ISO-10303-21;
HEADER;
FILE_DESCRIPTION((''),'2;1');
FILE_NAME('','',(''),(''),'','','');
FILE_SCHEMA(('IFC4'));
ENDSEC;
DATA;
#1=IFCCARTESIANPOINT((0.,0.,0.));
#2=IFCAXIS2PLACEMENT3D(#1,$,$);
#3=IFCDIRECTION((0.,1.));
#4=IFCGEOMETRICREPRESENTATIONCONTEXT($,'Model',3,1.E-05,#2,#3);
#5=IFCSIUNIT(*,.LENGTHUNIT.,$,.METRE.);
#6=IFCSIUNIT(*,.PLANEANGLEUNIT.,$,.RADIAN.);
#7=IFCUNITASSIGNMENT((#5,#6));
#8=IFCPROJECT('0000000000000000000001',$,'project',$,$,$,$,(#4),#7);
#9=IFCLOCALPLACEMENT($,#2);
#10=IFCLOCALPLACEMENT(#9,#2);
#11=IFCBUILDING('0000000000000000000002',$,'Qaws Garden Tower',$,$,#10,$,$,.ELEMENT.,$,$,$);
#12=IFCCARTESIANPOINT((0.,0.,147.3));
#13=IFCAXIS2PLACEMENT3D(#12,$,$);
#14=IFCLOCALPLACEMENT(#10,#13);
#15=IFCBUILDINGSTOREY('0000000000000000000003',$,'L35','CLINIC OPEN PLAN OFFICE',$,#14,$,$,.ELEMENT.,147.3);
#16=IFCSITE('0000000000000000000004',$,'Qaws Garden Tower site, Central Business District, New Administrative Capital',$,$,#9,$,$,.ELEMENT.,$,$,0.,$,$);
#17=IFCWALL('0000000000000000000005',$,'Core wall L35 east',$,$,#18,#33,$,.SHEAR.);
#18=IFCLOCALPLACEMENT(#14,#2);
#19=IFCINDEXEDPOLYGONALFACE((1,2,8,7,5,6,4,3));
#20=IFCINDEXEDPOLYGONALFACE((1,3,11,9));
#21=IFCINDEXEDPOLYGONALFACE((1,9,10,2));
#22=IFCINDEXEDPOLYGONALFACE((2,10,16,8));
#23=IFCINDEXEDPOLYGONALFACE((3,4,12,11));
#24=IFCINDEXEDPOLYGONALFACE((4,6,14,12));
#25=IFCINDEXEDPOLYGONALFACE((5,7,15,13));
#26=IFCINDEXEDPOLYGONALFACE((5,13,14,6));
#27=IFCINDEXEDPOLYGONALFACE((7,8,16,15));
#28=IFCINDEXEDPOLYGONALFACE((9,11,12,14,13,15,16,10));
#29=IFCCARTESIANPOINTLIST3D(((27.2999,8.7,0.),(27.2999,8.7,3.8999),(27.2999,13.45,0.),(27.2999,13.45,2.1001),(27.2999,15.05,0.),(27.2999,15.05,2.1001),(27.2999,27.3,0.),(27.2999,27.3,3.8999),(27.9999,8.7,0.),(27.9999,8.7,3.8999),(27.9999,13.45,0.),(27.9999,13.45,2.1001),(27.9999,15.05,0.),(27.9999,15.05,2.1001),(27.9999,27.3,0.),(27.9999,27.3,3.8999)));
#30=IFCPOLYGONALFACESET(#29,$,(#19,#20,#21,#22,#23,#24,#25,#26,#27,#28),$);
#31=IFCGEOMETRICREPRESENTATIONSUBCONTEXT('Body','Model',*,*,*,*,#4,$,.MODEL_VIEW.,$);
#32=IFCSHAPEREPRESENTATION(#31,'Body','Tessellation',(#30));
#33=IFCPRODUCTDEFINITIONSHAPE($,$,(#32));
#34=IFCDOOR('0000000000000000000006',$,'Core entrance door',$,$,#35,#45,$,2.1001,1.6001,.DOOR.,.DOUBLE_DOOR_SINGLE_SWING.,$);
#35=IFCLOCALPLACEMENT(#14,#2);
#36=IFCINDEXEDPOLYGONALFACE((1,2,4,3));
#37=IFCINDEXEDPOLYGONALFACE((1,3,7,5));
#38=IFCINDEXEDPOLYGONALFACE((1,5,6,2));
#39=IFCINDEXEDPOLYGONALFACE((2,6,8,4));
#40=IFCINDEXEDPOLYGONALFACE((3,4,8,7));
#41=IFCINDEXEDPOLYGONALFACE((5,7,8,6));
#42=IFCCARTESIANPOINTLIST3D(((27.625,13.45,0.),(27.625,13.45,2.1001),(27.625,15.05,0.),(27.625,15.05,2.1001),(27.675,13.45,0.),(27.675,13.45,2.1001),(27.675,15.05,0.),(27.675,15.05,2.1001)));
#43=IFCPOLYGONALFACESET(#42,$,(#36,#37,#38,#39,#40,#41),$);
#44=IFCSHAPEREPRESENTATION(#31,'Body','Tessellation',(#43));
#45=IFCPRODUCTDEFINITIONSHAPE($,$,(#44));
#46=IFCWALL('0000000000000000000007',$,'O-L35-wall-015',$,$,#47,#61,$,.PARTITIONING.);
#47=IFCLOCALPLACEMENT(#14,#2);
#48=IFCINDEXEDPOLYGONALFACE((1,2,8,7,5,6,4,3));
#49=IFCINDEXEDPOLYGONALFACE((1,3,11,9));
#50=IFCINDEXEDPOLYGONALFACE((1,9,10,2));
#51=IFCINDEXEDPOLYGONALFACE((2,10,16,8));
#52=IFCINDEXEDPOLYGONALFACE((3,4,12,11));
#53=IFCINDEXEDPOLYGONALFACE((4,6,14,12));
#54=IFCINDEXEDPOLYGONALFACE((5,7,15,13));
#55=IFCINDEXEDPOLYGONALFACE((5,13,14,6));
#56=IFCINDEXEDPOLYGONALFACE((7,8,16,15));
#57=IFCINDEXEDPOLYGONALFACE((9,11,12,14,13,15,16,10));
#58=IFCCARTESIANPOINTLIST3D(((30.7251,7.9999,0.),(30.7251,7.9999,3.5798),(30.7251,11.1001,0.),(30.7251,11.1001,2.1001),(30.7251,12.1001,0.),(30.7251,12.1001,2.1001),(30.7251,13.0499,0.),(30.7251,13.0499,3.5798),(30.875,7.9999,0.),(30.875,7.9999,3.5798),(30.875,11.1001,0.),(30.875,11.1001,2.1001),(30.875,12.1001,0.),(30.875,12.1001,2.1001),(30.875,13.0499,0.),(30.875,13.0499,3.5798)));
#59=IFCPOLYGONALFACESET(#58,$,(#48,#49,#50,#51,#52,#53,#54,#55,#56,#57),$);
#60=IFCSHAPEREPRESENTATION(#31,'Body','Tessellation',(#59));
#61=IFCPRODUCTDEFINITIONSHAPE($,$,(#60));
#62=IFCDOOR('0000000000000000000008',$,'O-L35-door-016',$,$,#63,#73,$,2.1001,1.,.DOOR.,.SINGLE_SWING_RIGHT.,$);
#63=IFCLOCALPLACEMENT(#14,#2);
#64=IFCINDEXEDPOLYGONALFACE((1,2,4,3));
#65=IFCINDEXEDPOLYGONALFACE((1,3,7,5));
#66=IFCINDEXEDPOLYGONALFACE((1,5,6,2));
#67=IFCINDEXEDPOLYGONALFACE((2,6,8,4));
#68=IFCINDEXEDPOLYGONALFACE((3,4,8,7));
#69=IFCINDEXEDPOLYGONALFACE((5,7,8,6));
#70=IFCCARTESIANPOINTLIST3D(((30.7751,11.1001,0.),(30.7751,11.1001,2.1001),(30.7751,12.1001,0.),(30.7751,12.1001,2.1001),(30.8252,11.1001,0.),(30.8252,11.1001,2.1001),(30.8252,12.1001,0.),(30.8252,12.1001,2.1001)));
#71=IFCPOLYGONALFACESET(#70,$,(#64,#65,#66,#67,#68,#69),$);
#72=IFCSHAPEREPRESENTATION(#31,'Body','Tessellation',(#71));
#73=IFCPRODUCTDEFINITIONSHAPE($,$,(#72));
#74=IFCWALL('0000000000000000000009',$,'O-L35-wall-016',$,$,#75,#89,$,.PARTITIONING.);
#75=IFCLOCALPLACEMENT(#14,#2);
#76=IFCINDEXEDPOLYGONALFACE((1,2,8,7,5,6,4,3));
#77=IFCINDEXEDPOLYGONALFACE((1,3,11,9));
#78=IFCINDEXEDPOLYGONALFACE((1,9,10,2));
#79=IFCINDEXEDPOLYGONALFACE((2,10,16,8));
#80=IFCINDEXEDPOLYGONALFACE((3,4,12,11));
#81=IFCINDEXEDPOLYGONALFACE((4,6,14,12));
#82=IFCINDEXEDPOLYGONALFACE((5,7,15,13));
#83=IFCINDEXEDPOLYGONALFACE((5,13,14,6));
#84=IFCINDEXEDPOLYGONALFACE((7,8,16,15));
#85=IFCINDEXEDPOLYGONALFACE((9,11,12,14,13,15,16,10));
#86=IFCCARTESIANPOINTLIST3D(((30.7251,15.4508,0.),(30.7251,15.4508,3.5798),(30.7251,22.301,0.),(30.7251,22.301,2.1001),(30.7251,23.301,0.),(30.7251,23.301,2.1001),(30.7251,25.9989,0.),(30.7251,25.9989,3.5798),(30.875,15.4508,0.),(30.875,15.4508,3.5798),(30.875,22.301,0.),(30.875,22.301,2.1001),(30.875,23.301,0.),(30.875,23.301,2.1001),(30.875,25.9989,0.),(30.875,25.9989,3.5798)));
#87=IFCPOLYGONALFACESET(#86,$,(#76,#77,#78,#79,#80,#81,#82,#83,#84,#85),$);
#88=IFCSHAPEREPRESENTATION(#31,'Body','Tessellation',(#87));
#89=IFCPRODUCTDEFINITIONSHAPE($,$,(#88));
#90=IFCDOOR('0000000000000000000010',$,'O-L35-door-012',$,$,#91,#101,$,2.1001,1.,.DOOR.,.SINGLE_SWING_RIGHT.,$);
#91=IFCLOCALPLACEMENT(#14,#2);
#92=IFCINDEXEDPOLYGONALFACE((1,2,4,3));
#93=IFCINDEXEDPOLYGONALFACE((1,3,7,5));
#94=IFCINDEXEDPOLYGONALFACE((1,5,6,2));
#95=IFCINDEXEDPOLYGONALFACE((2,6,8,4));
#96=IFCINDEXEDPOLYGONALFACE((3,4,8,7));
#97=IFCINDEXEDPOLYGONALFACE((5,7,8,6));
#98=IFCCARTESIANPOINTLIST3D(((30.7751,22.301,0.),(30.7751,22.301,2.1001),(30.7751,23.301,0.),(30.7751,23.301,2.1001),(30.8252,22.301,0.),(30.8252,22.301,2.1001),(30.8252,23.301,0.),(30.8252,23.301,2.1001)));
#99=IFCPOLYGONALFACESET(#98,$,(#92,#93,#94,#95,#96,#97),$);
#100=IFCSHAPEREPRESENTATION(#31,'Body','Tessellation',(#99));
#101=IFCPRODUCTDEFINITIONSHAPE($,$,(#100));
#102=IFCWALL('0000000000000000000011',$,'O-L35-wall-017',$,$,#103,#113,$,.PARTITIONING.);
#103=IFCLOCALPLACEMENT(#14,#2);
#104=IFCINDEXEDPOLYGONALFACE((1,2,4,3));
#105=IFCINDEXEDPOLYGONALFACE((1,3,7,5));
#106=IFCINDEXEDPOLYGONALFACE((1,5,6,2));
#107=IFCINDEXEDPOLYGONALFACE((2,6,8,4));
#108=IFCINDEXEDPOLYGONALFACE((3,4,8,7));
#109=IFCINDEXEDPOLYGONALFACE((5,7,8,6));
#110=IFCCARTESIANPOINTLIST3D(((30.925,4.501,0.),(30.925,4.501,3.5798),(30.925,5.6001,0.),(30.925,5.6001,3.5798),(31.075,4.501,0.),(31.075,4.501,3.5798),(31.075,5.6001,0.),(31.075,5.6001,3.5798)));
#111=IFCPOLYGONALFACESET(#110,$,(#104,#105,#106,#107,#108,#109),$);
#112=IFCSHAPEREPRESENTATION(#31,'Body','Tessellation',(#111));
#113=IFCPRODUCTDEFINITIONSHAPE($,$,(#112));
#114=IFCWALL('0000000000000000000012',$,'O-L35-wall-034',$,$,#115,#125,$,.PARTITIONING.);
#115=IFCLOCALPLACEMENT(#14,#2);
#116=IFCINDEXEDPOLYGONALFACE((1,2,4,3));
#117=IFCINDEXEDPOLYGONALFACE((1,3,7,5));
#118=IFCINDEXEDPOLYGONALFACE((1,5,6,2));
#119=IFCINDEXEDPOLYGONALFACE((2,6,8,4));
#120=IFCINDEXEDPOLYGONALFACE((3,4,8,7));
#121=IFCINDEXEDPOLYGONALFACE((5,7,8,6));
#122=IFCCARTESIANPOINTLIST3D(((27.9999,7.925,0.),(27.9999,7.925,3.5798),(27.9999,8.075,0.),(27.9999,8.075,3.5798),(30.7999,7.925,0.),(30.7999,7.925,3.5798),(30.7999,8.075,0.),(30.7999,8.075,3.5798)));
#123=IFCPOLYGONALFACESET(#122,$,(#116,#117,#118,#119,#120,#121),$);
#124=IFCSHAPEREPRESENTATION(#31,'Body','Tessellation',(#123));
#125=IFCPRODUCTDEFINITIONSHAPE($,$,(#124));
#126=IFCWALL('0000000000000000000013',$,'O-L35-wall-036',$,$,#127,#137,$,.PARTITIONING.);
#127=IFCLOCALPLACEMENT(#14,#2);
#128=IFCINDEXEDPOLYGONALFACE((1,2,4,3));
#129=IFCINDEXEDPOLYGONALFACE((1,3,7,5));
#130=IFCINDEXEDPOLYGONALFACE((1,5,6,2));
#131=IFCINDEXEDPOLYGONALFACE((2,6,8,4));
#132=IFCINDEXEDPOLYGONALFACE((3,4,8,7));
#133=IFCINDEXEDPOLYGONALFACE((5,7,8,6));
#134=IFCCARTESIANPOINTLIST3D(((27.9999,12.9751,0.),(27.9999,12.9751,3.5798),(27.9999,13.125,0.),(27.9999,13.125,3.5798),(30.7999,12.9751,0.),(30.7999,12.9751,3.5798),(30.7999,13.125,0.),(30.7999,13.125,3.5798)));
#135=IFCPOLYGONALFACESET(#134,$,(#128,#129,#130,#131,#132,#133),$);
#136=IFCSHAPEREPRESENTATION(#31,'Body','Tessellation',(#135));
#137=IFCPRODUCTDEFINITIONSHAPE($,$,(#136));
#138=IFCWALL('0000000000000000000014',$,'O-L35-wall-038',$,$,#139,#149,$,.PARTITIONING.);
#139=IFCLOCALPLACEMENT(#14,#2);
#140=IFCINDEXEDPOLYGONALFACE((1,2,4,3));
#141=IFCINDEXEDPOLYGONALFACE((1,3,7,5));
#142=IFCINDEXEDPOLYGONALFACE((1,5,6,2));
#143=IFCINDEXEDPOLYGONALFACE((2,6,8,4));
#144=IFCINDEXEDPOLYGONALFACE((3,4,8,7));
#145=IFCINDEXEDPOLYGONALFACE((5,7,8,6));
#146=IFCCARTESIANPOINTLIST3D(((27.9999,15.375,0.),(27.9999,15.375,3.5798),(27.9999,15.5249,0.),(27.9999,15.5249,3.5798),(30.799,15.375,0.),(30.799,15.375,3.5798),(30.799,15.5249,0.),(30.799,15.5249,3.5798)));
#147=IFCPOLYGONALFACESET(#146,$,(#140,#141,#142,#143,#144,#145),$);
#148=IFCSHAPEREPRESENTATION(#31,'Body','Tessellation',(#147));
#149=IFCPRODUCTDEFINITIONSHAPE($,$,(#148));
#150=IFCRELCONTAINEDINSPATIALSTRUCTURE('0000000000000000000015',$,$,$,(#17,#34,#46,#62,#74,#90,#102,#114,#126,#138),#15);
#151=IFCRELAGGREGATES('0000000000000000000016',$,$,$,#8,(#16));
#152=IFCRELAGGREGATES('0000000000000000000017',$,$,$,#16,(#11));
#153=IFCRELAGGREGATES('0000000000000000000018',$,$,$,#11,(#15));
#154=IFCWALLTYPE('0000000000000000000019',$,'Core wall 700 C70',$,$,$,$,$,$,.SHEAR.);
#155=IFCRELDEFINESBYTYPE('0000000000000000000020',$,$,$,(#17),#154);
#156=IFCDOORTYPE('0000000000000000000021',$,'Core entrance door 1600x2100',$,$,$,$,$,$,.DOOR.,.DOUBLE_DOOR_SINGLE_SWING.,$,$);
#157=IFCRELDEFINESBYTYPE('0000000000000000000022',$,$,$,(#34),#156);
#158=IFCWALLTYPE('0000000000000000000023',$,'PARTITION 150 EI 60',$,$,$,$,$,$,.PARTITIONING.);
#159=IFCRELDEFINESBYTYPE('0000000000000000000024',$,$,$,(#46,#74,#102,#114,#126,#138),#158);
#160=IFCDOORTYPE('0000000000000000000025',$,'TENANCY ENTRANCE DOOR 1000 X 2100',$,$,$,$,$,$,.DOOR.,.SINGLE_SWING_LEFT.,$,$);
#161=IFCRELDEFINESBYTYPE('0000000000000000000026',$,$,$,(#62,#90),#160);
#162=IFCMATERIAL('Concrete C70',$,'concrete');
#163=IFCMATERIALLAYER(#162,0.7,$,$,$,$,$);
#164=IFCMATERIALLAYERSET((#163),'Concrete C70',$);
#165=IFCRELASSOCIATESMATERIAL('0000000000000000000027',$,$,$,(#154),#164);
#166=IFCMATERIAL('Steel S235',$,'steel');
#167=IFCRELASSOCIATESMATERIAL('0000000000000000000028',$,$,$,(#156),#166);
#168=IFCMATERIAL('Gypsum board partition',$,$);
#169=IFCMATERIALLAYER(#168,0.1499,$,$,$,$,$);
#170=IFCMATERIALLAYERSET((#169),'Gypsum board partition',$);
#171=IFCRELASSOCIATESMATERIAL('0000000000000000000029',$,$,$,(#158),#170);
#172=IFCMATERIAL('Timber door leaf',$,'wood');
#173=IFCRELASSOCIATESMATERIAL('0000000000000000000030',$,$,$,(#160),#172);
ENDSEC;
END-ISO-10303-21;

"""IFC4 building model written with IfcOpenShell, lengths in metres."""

from ifc_helpers import new_model, si_unit, direction, frame, frame_2d, origin, place, context, subcontext, project, spatial, rectangle, extrude, material, layer, layer_set, type_object, element, fill, save


model = new_model("IFC4")

# Units and contexts
model_context = context("Model", 3, precision=1e-05, world=origin(), true_north=direction((0.0, 1.0)))
body_context = subcontext(model_context, "Body", "Model", "MODEL_VIEW")
ifc_project = project(units=[si_unit("LENGTHUNIT", "METRE"), si_unit("PLANEANGLEUNIT", "RADIAN")], contexts=[model_context])

# Site, building, storey
site_placement = place(None, origin())
site = spatial("IfcSite", under=ifc_project, at=site_placement, Name="Qaws Garden Tower site, Central Business District, New Administrative Capital", CompositionType="ELEMENT", RefElevation=0.0)
building_placement = place(site_placement, origin())
building = spatial("IfcBuilding", under=site, at=building_placement, Name="Qaws Garden Tower", CompositionType="ELEMENT")
storey_placement = place(building_placement, frame((0.0, 0.0, 147.3)))
storey = spatial("IfcBuildingStorey", under=building, at=storey_placement, Name="L35", Description="CLINIC OPEN PLAN OFFICE", CompositionType="ELEMENT", Elevation=147.3)

# Walls, openings, doors
ifc_material_1 = material(Name="Concrete C70", Category="concrete")
ifc_layer_1 = layer(ifc_material_1, 0.7)
ifc_layer_set_1 = layer_set([ifc_layer_1], Name="Concrete C70")
wall_type_1 = type_object("IfcWallType", Name="Core wall 700 C70", PredefinedType="SHEAR", material=ifc_layer_set_1)
wall_1_placement = place(storey_placement, frame((27.6499, 8.7, 0.0), z_axis=(0.0, 0.0, 1.0), x_axis=(0.0, 1.0, 0.0)))
wall_1 = element("IfcWall", 1, at=wall_1_placement, inside=storey, type_object=wall_type_1, Name="Core wall L35 east", PredefinedType="SHEAR", context=body_context, shape_type="SweptSolid", body=[
    extrude(rectangle(XDim=18.6001, YDim=0.7, at=frame_2d((9.3, 0.0))), origin(), (0.0, 0.0, 1.0), 3.8999),
])
opening_1_placement = place(wall_1_placement, frame((4.75, 0.0, 0.0)))
opening_1 = element("IfcOpeningElement", 2, at=opening_1_placement, cuts=wall_1, PredefinedType="OPENING", context=body_context, shape_type="SweptSolid", body=[
    extrude(rectangle(XDim=1.6001, YDim=2.1001, at=frame_2d((0.8, 1.05))), frame((0.0, 0.3599, 0.0), z_axis=(0.0, -1.0, 0.0), x_axis=(1.0, 0.0, 0.0)), (0.0, 0.0, 1.0), 0.72),
])
ifc_material_2 = material(Name="Steel S235", Category="steel")
door_type_1 = type_object("IfcDoorType", Name="Core entrance door 1600x2100", OperationType="DOUBLE_DOOR_SINGLE_SWING", PredefinedType="DOOR", material=ifc_material_2)
door_1_placement = place(opening_1_placement, origin())
door_1 = element("IfcDoor", 3, at=door_1_placement, inside=storey, type_object=door_type_1, Name="Core entrance door", OperationType="DOUBLE_DOOR_SINGLE_SWING", OverallHeight=2.1001, OverallWidth=1.6001, PredefinedType="DOOR", context=body_context, shape_type="SweptSolid", body=[
    extrude(rectangle(XDim=1.6001, YDim=2.1001, at=frame_2d((0.8, 1.05))), frame((0.0, 0.0249, 0.0), z_axis=(0.0, -1.0, 0.0), x_axis=(1.0, 0.0, 0.0)), (0.0, 0.0, 1.0), 0.05),
])
fill(opening_1, door_1)
ifc_material_3 = material(Name="Gypsum board partition")
ifc_layer_2 = layer(ifc_material_3, 0.1499)
ifc_layer_set_2 = layer_set([ifc_layer_2], Name="Gypsum board partition")
wall_type_2 = type_object("IfcWallType", Name="PARTITION 150 EI 60", PredefinedType="PARTITIONING", material=ifc_layer_set_2)
wall_2_placement = place(storey_placement, frame((30.8, 8.0, 0.0), z_axis=(0.0, 0.0, 1.0), x_axis=(0.0, 1.0, 0.0)))
wall_2 = element("IfcWall", 4, at=wall_2_placement, inside=storey, type_object=wall_type_2, Name="O-L35-wall-015", PredefinedType="PARTITIONING", context=body_context, shape_type="SweptSolid", body=[
    extrude(rectangle(XDim=5.05, YDim=0.1499, at=frame_2d((2.5249, 0.0))), origin(), (0.0, 0.0, 1.0), 3.5798),
])
opening_2_placement = place(wall_2_placement, frame((3.1001, 0.0, 0.0)))
opening_2 = element("IfcOpeningElement", 5, at=opening_2_placement, cuts=wall_2, PredefinedType="OPENING", context=body_context, shape_type="SweptSolid", body=[
    extrude(rectangle(XDim=1.0, YDim=2.1001, at=frame_2d((0.5, 1.05))), frame((0.0, 0.085, 0.0), z_axis=(0.0, -1.0, 0.0), x_axis=(1.0, 0.0, 0.0)), (0.0, 0.0, 1.0), 0.1699),
])
ifc_material_4 = material(Name="Timber door leaf", Category="wood")
door_type_2 = type_object("IfcDoorType", Name="TENANCY ENTRANCE DOOR 1000 X 2100", OperationType="SINGLE_SWING_LEFT", PredefinedType="DOOR", material=ifc_material_4)
door_2_placement = place(opening_2_placement, origin())
door_2 = element("IfcDoor", 6, at=door_2_placement, inside=storey, type_object=door_type_2, Name="O-L35-door-016", OperationType="SINGLE_SWING_RIGHT", OverallHeight=2.1001, OverallWidth=1.0, PredefinedType="DOOR", context=body_context, shape_type="SweptSolid", body=[
    extrude(rectangle(XDim=1.0, YDim=2.1001, at=frame_2d((0.5, 1.05))), frame((0.0, 0.0249, 0.0), z_axis=(0.0, -1.0, 0.0), x_axis=(1.0, 0.0, 0.0)), (0.0, 0.0, 1.0), 0.05),
])
fill(opening_2, door_2)
wall_3_placement = place(storey_placement, frame((30.8, 15.4509, 0.0), z_axis=(0.0, 0.0, 1.0), x_axis=(0.0, 1.0, 0.0)))
wall_3 = element("IfcWall", 7, at=wall_3_placement, inside=storey, type_object=wall_type_2, Name="O-L35-wall-016", PredefinedType="PARTITIONING", context=body_context, shape_type="SweptSolid", body=[
    extrude(rectangle(XDim=10.5481, YDim=0.1499, at=frame_2d((5.2739, 0.0))), origin(), (0.0, 0.0, 1.0), 3.5798),
])
opening_3_placement = place(wall_3_placement, frame((6.8501, 0.0, 0.0)))
opening_3 = element("IfcOpeningElement", 8, at=opening_3_placement, cuts=wall_3, PredefinedType="OPENING", context=body_context, shape_type="SweptSolid", body=[
    extrude(rectangle(XDim=1.0, YDim=2.1001, at=frame_2d((0.5, 1.05))), frame((0.0, 0.085, 0.0), z_axis=(0.0, -1.0, 0.0), x_axis=(1.0, 0.0, 0.0)), (0.0, 0.0, 1.0), 0.1699),
])
door_3_placement = place(opening_3_placement, origin())
door_3 = element("IfcDoor", 9, at=door_3_placement, inside=storey, type_object=door_type_2, Name="O-L35-door-012", OperationType="SINGLE_SWING_RIGHT", OverallHeight=2.1001, OverallWidth=1.0, PredefinedType="DOOR", context=body_context, shape_type="SweptSolid", body=[
    extrude(rectangle(XDim=1.0, YDim=2.1001, at=frame_2d((0.5, 1.05))), frame((0.0, 0.0249, 0.0), z_axis=(0.0, -1.0, 0.0), x_axis=(1.0, 0.0, 0.0)), (0.0, 0.0, 1.0), 0.05),
])
fill(opening_3, door_3)

# Walls
wall_4_placement = place(storey_placement, frame((31.0, 4.501, 0.0), z_axis=(0.0, 0.0, 1.0), x_axis=(0.0, 1.0, 0.0)))
element("IfcWall", 10, at=wall_4_placement, inside=storey, type_object=wall_type_2, Name="O-L35-wall-017", PredefinedType="PARTITIONING", context=body_context, shape_type="SweptSolid", body=[
    extrude(rectangle(XDim=1.0991, YDim=0.1499, at=frame_2d((0.5496, 0.0))), origin(), (0.0, 0.0, 1.0), 3.5798),
])
for number, where, z_axis, x_axis, name in (
    (11, (28.0, 8.0, 0.0), (0.0, 0.0, 1.0), (1.0, 0.0, 0.0), "O-L35-wall-034"),
    (12, (28.0, 13.05, 0.0), (0.0, 0.0, 1.0), (1.0, 0.0, 0.0), "O-L35-wall-036"),
):
    element("IfcWall", number, at=place(storey_placement, frame(where, z_axis=z_axis, x_axis=x_axis)), inside=storey, type_object=wall_type_2, Name=name, PredefinedType="PARTITIONING", context=body_context, shape_type="SweptSolid", body=[
        extrude(rectangle(XDim=2.8, YDim=0.1499, at=frame_2d((1.3999, 0.0))), origin(), (0.0, 0.0, 1.0), 3.5798),
    ])
wall_5_placement = place(storey_placement, frame((28.0, 15.45, 0.0), z_axis=(0.0, 0.0, 1.0), x_axis=(1.0, 0.0, 0.0)))
element("IfcWall", 13, at=wall_5_placement, inside=storey, type_object=wall_type_2, Name="O-L35-wall-038", PredefinedType="PARTITIONING", context=body_context, shape_type="SweptSolid", body=[
    extrude(rectangle(XDim=2.7991, YDim=0.1499, at=frame_2d((1.3994, 0.0))), origin(), (0.0, 0.0, 1.0), 3.5798),
])

save(model, "model.ifc")
